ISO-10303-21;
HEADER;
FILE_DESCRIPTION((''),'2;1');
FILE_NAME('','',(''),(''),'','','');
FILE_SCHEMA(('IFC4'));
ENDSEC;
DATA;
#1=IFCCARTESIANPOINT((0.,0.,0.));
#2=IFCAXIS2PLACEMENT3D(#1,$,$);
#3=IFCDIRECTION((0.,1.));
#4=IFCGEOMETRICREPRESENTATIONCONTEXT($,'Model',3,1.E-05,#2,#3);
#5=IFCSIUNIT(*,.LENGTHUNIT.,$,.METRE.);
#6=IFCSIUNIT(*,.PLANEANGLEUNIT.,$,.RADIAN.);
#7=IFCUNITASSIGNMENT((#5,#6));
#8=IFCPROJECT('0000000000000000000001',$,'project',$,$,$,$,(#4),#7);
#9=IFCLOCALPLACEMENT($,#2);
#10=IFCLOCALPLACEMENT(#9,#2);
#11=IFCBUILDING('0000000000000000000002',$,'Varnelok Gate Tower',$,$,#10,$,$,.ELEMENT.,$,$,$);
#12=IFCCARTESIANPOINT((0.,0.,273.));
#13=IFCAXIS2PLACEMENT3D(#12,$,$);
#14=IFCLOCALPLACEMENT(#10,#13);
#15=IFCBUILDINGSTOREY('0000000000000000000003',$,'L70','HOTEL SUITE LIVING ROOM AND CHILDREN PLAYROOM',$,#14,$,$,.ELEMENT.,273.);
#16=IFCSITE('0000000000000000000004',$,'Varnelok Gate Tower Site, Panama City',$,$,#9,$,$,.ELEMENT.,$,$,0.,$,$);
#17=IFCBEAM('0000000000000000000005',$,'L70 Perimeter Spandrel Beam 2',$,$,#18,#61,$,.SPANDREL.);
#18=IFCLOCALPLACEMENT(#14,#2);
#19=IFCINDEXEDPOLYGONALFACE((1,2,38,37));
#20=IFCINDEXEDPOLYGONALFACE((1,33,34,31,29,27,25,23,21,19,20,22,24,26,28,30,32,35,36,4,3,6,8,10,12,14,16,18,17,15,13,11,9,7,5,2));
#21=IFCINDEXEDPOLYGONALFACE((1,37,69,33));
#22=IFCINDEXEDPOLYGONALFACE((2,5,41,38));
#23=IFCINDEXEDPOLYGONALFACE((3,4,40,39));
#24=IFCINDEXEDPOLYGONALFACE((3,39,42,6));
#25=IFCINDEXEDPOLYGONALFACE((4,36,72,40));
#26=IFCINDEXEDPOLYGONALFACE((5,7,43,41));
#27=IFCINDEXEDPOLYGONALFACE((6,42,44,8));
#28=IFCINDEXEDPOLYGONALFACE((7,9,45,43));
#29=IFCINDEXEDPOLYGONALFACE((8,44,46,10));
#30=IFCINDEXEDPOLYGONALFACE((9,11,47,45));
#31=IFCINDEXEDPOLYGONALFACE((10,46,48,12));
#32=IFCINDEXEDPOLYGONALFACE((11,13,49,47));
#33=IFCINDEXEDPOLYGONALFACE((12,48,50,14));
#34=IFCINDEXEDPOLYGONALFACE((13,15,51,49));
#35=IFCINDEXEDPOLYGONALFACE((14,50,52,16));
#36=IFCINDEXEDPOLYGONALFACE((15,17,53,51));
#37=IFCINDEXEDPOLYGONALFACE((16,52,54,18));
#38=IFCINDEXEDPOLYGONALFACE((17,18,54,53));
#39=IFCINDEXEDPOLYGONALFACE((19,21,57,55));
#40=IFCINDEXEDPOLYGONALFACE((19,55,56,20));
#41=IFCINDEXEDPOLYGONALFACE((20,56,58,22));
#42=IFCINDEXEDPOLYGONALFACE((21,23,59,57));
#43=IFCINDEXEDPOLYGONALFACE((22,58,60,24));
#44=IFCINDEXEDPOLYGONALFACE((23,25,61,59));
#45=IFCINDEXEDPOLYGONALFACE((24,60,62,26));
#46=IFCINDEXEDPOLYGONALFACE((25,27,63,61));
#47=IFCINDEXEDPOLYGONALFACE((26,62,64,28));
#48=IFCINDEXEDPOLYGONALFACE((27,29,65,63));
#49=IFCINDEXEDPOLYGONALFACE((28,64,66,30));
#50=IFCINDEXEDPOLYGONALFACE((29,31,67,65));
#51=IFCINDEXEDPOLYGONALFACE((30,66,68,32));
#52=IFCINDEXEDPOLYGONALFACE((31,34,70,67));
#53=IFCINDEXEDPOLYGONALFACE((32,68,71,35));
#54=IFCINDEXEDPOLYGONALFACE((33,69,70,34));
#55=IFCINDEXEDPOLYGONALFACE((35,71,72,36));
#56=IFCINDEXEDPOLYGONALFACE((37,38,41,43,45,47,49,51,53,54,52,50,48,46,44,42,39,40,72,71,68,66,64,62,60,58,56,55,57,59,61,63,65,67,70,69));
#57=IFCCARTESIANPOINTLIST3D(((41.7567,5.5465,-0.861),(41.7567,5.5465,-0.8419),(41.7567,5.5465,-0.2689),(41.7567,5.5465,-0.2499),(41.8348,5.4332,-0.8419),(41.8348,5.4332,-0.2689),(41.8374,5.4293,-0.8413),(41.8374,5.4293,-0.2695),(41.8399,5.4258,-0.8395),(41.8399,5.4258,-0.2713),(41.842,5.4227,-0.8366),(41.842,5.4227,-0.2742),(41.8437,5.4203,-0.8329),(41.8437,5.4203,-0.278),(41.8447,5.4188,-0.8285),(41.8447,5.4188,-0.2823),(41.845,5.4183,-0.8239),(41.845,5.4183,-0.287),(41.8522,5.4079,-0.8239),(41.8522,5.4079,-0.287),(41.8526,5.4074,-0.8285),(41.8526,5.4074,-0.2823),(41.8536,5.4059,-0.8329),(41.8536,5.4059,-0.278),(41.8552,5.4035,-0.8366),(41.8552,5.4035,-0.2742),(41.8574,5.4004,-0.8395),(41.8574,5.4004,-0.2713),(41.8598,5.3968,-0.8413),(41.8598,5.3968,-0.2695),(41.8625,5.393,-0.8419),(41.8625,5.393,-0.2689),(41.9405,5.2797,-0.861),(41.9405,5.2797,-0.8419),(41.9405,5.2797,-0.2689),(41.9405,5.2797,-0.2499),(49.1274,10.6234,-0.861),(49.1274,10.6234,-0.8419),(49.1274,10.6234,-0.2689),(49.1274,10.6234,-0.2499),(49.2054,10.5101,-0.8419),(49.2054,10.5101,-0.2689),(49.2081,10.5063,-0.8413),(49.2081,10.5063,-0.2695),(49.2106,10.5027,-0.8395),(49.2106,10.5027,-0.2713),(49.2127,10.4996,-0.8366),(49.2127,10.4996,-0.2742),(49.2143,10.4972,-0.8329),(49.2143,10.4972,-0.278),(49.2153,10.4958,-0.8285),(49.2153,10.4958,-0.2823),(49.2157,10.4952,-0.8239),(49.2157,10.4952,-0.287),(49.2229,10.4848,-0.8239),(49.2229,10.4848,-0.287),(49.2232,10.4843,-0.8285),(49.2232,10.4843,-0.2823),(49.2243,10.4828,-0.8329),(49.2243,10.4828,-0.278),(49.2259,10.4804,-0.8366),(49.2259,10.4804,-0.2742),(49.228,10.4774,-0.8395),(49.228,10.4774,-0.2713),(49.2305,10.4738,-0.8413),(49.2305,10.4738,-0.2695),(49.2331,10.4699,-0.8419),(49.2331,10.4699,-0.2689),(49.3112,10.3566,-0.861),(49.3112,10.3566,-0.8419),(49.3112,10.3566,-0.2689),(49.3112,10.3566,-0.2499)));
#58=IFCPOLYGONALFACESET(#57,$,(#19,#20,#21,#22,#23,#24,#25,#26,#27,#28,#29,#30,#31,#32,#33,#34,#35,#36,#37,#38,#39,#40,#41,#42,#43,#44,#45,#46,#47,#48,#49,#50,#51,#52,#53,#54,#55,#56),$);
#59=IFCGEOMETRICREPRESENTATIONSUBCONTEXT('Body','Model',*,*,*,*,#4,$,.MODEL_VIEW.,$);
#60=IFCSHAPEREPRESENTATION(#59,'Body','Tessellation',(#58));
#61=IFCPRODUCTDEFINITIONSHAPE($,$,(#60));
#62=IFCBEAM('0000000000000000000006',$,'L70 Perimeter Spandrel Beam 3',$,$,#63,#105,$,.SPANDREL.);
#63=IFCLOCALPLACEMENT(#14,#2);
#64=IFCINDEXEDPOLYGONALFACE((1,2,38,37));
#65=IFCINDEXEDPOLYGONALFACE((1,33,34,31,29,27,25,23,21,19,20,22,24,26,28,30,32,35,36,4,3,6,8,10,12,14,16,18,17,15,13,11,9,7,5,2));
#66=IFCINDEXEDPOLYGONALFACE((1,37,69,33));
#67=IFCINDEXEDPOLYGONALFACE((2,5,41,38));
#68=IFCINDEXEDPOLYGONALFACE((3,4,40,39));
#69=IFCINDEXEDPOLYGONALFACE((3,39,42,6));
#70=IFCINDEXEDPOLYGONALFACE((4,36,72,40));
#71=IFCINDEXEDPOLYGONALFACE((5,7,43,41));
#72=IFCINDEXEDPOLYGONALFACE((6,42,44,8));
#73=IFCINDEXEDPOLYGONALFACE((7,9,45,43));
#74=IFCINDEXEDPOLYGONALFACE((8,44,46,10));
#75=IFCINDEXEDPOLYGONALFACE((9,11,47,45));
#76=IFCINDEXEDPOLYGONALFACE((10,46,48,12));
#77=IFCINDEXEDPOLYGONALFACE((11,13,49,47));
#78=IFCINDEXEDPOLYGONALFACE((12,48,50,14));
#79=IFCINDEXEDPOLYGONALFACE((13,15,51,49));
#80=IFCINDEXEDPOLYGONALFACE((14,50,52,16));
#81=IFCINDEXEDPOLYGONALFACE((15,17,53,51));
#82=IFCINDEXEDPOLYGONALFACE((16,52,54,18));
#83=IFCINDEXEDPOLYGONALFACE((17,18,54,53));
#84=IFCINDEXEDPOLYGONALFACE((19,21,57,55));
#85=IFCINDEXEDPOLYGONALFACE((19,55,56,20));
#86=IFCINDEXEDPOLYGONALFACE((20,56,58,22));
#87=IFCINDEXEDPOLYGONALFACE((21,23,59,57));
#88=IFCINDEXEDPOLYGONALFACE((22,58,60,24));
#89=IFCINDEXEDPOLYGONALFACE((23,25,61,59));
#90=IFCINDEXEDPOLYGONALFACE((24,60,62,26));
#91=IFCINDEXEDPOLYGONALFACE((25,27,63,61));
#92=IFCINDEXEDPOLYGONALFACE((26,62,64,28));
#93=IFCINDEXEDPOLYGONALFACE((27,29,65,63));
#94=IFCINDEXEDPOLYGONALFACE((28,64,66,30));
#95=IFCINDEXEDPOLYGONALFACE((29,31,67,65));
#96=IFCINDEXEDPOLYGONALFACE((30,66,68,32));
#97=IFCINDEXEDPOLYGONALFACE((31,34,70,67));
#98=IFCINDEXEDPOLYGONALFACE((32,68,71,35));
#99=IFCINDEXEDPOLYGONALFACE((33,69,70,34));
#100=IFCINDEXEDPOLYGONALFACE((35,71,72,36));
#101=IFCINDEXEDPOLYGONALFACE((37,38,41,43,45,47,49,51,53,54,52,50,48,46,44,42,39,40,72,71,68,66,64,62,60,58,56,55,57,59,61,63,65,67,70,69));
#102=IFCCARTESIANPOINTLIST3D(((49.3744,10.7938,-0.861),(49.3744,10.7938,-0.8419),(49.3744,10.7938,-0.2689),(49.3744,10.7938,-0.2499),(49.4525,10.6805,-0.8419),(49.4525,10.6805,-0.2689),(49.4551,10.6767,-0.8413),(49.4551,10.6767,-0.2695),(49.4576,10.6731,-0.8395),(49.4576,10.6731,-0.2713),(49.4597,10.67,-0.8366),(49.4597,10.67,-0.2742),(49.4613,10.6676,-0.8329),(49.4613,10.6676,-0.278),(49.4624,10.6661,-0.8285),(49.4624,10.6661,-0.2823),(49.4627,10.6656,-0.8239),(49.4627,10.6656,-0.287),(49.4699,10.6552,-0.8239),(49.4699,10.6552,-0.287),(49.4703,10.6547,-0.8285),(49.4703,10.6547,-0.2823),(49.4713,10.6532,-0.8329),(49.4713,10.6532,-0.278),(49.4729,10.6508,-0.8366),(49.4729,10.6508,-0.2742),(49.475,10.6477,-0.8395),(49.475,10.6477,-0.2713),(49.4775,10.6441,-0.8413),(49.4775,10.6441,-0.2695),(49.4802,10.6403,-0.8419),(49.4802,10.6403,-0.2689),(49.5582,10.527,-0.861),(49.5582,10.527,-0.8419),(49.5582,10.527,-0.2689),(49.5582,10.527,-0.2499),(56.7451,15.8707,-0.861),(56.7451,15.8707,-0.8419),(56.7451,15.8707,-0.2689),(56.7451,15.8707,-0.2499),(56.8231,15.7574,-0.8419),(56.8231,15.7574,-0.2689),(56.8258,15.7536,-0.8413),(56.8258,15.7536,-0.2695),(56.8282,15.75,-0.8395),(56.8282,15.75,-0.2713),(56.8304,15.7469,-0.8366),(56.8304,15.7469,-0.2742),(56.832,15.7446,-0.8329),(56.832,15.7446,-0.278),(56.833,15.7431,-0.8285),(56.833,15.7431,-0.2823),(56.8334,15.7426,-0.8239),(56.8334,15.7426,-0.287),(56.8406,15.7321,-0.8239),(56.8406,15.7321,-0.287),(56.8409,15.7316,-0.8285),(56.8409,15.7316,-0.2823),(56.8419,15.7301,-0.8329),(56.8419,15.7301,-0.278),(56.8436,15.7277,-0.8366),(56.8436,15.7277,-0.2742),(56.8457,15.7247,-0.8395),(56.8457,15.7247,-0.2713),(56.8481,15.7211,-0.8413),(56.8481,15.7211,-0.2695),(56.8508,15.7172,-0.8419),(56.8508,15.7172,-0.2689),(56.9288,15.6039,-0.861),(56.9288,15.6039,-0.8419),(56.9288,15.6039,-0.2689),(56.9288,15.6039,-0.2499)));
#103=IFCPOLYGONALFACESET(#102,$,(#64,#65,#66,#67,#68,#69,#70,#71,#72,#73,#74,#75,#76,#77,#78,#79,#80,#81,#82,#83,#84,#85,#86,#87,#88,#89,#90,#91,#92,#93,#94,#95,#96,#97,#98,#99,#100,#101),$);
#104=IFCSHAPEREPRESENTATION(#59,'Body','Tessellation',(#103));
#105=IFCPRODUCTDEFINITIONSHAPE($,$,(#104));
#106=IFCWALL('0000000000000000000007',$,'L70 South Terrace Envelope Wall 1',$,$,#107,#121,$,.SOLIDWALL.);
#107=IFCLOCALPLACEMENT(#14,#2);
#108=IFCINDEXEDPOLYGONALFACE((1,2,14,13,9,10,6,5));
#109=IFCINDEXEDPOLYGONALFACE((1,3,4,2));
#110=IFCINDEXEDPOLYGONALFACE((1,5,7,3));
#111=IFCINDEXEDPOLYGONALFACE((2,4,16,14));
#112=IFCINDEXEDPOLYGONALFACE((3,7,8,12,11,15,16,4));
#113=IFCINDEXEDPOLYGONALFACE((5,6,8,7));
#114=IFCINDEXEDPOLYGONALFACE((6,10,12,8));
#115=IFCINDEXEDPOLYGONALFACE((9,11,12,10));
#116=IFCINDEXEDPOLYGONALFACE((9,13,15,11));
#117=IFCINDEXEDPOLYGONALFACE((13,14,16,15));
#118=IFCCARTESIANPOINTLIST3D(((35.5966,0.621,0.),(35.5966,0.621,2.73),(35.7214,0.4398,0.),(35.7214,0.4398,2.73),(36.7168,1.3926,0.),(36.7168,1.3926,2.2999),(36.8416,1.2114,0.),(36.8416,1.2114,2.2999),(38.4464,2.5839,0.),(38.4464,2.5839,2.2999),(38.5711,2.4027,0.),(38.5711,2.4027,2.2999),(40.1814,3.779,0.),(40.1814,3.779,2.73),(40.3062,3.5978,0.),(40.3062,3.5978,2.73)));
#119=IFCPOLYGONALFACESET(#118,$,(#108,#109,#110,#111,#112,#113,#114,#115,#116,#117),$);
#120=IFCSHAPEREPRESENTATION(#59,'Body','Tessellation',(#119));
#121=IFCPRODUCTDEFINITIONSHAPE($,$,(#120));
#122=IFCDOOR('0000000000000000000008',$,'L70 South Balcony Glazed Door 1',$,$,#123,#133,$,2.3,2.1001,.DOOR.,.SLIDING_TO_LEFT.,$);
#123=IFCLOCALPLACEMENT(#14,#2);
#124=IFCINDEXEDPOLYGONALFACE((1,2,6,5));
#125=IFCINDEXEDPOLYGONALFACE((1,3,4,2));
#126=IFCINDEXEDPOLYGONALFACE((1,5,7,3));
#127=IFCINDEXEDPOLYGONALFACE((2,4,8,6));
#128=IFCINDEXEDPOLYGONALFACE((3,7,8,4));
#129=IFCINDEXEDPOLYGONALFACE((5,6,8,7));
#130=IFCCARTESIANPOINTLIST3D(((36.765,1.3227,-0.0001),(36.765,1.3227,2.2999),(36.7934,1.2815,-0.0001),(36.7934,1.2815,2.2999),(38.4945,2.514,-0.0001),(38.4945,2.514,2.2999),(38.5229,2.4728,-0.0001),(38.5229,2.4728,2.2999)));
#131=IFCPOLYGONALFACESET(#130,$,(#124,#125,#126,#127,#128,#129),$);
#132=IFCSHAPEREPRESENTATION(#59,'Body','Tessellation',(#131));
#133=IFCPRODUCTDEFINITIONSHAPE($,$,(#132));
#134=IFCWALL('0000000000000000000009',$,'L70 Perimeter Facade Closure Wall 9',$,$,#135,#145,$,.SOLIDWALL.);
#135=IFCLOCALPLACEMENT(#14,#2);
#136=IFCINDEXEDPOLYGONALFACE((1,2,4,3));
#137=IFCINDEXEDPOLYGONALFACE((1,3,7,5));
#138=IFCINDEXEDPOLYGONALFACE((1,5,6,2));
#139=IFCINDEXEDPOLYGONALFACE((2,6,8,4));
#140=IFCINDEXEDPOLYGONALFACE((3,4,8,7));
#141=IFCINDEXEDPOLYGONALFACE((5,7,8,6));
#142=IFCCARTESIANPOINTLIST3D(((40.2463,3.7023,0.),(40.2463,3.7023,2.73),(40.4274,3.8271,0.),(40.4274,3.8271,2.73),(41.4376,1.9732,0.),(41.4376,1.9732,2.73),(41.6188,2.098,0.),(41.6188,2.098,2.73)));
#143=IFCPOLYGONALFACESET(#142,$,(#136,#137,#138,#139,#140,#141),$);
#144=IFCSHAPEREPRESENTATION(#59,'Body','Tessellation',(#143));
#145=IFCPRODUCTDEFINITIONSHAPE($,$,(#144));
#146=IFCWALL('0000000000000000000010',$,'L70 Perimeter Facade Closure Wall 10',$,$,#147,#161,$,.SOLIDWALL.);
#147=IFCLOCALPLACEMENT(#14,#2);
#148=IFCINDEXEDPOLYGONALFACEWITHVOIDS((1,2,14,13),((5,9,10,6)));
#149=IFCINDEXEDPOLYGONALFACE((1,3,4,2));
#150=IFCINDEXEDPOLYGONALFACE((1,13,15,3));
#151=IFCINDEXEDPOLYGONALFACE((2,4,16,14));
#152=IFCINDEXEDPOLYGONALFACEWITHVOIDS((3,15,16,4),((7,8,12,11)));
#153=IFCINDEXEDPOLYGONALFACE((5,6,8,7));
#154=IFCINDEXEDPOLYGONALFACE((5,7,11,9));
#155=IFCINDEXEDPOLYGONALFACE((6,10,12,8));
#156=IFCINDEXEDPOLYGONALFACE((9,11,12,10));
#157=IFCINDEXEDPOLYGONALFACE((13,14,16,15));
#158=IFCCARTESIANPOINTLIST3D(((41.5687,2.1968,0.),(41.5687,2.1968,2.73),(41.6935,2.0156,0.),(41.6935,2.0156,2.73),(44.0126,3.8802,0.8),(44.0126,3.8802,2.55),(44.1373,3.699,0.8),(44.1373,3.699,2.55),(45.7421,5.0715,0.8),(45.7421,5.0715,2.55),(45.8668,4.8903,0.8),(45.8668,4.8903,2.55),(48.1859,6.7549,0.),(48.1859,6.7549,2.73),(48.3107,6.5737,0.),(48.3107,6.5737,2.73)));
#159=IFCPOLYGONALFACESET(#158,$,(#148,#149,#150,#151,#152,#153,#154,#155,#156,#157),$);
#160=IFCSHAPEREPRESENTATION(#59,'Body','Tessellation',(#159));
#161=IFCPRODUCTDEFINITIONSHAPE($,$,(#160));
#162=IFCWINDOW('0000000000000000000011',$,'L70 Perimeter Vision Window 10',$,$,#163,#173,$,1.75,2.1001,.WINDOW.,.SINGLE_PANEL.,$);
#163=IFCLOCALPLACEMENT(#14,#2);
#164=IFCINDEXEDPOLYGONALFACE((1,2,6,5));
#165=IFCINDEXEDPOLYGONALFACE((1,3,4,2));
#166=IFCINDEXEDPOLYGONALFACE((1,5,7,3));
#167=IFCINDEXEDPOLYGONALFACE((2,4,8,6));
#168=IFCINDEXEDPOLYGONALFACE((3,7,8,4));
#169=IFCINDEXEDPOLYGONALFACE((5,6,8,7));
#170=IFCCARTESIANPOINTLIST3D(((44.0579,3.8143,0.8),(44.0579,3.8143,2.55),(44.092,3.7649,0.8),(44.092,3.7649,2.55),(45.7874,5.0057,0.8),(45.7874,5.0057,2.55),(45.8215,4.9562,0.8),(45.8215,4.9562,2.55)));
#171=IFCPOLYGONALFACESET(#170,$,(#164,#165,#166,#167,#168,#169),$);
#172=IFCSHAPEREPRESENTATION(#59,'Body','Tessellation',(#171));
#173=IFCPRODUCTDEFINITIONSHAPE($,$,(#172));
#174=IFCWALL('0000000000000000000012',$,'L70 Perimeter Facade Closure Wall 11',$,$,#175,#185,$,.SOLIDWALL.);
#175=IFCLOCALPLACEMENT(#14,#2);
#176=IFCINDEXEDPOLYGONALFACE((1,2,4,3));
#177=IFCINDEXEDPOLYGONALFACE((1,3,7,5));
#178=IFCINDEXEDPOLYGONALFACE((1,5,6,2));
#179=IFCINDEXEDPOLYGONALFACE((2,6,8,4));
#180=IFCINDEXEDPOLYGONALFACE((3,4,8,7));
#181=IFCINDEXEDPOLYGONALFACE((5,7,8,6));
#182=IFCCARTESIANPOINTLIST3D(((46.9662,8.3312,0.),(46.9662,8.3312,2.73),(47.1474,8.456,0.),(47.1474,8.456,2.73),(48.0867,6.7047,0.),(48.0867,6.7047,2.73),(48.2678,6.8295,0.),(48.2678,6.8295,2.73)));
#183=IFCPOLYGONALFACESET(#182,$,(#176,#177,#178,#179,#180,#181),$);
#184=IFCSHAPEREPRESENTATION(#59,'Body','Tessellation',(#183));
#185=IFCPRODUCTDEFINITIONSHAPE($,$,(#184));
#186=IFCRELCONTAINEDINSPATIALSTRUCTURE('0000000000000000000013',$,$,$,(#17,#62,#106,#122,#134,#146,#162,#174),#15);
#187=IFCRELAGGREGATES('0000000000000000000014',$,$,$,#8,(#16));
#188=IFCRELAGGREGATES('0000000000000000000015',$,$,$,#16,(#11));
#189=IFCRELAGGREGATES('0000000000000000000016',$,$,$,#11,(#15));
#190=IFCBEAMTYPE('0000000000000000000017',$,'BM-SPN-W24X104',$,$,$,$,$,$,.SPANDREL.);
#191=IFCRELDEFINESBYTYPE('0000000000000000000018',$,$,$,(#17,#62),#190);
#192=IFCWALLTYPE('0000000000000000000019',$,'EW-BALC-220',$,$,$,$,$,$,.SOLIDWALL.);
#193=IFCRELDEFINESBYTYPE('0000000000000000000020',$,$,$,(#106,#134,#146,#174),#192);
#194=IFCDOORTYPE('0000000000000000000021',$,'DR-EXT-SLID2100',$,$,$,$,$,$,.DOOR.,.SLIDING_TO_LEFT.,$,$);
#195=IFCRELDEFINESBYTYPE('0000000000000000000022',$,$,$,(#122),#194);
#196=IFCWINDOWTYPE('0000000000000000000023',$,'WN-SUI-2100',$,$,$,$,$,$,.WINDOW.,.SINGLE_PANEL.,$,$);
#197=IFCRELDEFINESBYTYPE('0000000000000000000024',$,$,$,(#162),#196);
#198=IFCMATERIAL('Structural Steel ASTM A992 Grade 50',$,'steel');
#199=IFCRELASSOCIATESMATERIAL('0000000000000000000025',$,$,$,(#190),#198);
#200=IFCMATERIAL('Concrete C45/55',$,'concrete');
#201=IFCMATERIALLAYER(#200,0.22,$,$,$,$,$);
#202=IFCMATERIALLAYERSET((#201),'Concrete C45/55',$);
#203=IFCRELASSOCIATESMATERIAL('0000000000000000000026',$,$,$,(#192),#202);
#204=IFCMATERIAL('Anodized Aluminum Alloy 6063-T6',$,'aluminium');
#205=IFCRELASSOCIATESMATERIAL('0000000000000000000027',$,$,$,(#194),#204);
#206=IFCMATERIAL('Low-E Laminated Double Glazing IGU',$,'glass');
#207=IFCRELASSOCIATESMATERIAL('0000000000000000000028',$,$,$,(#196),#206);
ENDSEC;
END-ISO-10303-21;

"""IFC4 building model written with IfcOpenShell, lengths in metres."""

from ifc_helpers import new_model, si_unit, direction, frame, frame_2d, origin, origin_2d, place, context, subcontext, project, spatial, rectangle, i_section, extrude, material, layer, layer_set, material_profile, profile_set, type_object, element, fill, save


model = new_model("IFC4")

# Units and contexts
model_context = context("Model", 3, precision=1e-05, world=origin(), true_north=direction((0.0, 1.0)))
body_context = subcontext(model_context, "Body", "Model", "MODEL_VIEW")
ifc_project = project(units=[si_unit("LENGTHUNIT", "METRE"), si_unit("PLANEANGLEUNIT", "RADIAN")], contexts=[model_context])

# Site, building, storey
site_placement = place(None, origin())
site = spatial("IfcSite", under=ifc_project, at=site_placement, Name="Varnelok Gate Tower Site, Panama City", CompositionType="ELEMENT", RefElevation=0.0)
building_placement = place(site_placement, origin())
building = spatial("IfcBuilding", under=site, at=building_placement, Name="Varnelok Gate Tower", CompositionType="ELEMENT")
storey_placement = place(building_placement, frame((0.0, 0.0, 273.0)))
storey = spatial("IfcBuildingStorey", under=building, at=storey_placement, Name="L70", Description="HOTEL SUITE LIVING ROOM AND CHILDREN PLAYROOM", CompositionType="ELEMENT", Elevation=273.0)

# Shared definitions
ifc_material_1 = material(Name="Structural Steel ASTM A992 Grade 50", Category="steel")

# Beams
ifc_material_profile_1 = material_profile(ifc_material_1, i_section(OverallWidth=0.324, OverallDepth=0.6111, WebThickness=0.0127, FlangeThickness=0.019, FilletRadius=0.0181, at=origin_2d()), Name="W24X104")
ifc_profile_set_1 = profile_set([ifc_material_profile_1], Name="Structural Steel ASTM A992 Grade 50")
beam_type_1 = type_object("IfcBeamType", Name="BM-SPN-W24X104", PredefinedType="SPANDREL", material=ifc_profile_set_1)
for number, where, z_axis, x_axis, name in (
    (1, (41.8486, 5.4131, -0.5554), (0.82354, 0.567258, 0.0), (-0.567258, 0.82354, 0.0), "L70 Perimeter Spandrel Beam 2"),
    (2, (49.4663, 10.6604, -0.5554), (0.82354, 0.567258, 0.0), (-0.567258, 0.82354, 0.0), "L70 Perimeter Spandrel Beam 3"),
):
    element("IfcBeam", number, at=place(storey_placement, frame(where, z_axis=z_axis, x_axis=x_axis)), inside=storey, type_object=beam_type_1, Name=name, PredefinedType="SPANDREL", context=body_context, shape_type="SweptSolid", body=[
        extrude(i_section(OverallWidth=0.324, OverallDepth=0.6111, WebThickness=0.0127, FlangeThickness=0.019, FilletRadius=0.0181, at=origin_2d()), origin(), (0.0, 0.0, 1.0), 8.95),
    ])

# Wall, opening, door
ifc_material_2 = material(Name="Concrete C45/55", Category="concrete")
ifc_layer_1 = layer(ifc_material_2, 0.22)
ifc_layer_set_1 = layer_set([ifc_layer_1], Name="Concrete C45/55")
wall_type_1 = type_object("IfcWallType", Name="EW-BALC-220", PredefinedType="SOLIDWALL", material=ifc_layer_set_1)
wall_1_placement = place(storey_placement, frame((40.2439, 3.6885, 0.0), z_axis=(0.0, 0.0, 1.0), x_axis=(-0.823541, -0.567256, 0.0)))
wall_1 = element("IfcWall", 3, at=wall_1_placement, inside=storey, type_object=wall_type_1, Name="L70 South Terrace Envelope Wall 1", PredefinedType="SOLIDWALL", context=body_context, shape_type="SweptSolid", body=[
    extrude(rectangle(XDim=5.5671, YDim=0.22, at=frame_2d((2.7837, 0.0))), origin(), (0.0, 0.0, 1.0), 2.73),
])
opening_1_placement = place(wall_1_placement, frame((2.1069, 0.0, 0.0)))
opening_1 = element("IfcOpeningElement", 4, at=opening_1_placement, cuts=wall_1, PredefinedType="OPENING", context=body_context, shape_type="SweptSolid", body=[
    extrude(rectangle(XDim=2.1001, YDim=2.3, at=frame_2d((1.05, 1.1499))), frame((0.0, 0.1199, 0.0), z_axis=(0.0, -1.0, 0.0), x_axis=(1.0, 0.0, 0.0)), (0.0, 0.0, 1.0), 0.24),
])
ifc_material_3 = material(Name="Anodized Aluminum Alloy 6063-T6", Category="aluminium")
door_type_1 = type_object("IfcDoorType", Name="DR-EXT-SLID2100", OperationType="SLIDING_TO_LEFT", PredefinedType="DOOR", material=ifc_material_3)
door_1_placement = place(opening_1_placement, origin())
door_1 = element("IfcDoor", 5, at=door_1_placement, inside=storey, type_object=door_type_1, Name="L70 South Balcony Glazed Door 1", OperationType="SLIDING_TO_LEFT", OverallHeight=2.3, OverallWidth=2.1001, PredefinedType="DOOR", context=body_context, shape_type="SweptSolid", body=[
    extrude(rectangle(XDim=2.1001, YDim=2.3, at=frame_2d((1.05, 1.1499))), frame((0.0, 0.0249, 0.0), z_axis=(0.0, -1.0, 0.0), x_axis=(1.0, 0.0, 0.0)), (0.0, 0.0, 1.0), 0.05),
])
fill(opening_1, door_1)

# Wall
wall_2_placement = place(storey_placement, frame((40.3369, 3.7646, 0.0), z_axis=(0.0, 0.0, 1.0), x_axis=(0.567353, -0.823475, 0.0)))
element("IfcWall", 6, at=wall_2_placement, inside=storey, type_object=wall_type_1, Name="L70 Perimeter Facade Closure Wall 9", PredefinedType="SOLIDWALL", context=body_context, shape_type="SweptSolid", body=[
    extrude(rectangle(XDim=2.0999, YDim=0.22, at=frame_2d((1.0498, 0.0))), origin(), (0.0, 0.0, 1.0), 2.73),
])

# Wall, opening, window
wall_3_placement = place(storey_placement, frame((41.6311, 2.1062, 0.0), z_axis=(0.0, 0.0, 1.0), x_axis=(0.823531, 0.567271, 0.0)))
wall_3 = element("IfcWall", 7, at=wall_3_placement, inside=storey, type_object=wall_type_1, Name="L70 Perimeter Facade Closure Wall 10", PredefinedType="SOLIDWALL", context=body_context, shape_type="SweptSolid", body=[
    extrude(rectangle(XDim=8.0352, YDim=0.22, at=frame_2d((4.0176, 0.0))), origin(), (0.0, 0.0, 1.0), 2.73),
])
opening_2_placement = place(wall_3_placement, frame((2.9675, 0.0, 0.8)))
opening_2 = element("IfcOpeningElement", 8, at=opening_2_placement, cuts=wall_3, PredefinedType="OPENING", context=body_context, shape_type="SweptSolid", body=[
    extrude(rectangle(XDim=2.1001, YDim=1.75, at=frame_2d((1.05, 0.875))), frame((0.0, 0.1199, 0.0), z_axis=(0.0, -1.0, 0.0), x_axis=(1.0, 0.0, 0.0)), (0.0, 0.0, 1.0), 0.24),
])
ifc_material_4 = material(Name="Low-E Laminated Double Glazing IGU", Category="glass")
window_type = type_object("IfcWindowType", Name="WN-SUI-2100", PartitioningType="SINGLE_PANEL", PredefinedType="WINDOW", material=ifc_material_4)
window_placement = place(opening_2_placement, origin())
window = element("IfcWindow", 9, at=window_placement, inside=storey, type_object=window_type, Name="L70 Perimeter Vision Window 10", OverallHeight=1.75, OverallWidth=2.1001, PartitioningType="SINGLE_PANEL", PredefinedType="WINDOW", context=body_context, shape_type="SweptSolid", body=[
    extrude(rectangle(XDim=2.1001, YDim=1.75, at=frame_2d((1.05, 0.875))), frame((0.0, 0.03, 0.0), z_axis=(0.0, -1.0, 0.0), x_axis=(1.0, 0.0, 0.0)), (0.0, 0.0, 1.0), 0.0601),
])
fill(opening_2, window)

# Wall
wall_4_placement = place(storey_placement, frame((48.1772, 6.7671, 0.0), z_axis=(0.0, 0.0, 1.0), x_axis=(-0.567274, 0.823529, 0.0)))
element("IfcWall", 10, at=wall_4_placement, inside=storey, type_object=wall_type_1, Name="L70 Perimeter Facade Closure Wall 11", PredefinedType="SOLIDWALL", context=body_context, shape_type="SweptSolid", body=[
    extrude(rectangle(XDim=1.9751, YDim=0.22, at=frame_2d((0.9875, 0.0))), origin(), (0.0, 0.0, 1.0), 2.73),
])

save(model, "model.ifc")
